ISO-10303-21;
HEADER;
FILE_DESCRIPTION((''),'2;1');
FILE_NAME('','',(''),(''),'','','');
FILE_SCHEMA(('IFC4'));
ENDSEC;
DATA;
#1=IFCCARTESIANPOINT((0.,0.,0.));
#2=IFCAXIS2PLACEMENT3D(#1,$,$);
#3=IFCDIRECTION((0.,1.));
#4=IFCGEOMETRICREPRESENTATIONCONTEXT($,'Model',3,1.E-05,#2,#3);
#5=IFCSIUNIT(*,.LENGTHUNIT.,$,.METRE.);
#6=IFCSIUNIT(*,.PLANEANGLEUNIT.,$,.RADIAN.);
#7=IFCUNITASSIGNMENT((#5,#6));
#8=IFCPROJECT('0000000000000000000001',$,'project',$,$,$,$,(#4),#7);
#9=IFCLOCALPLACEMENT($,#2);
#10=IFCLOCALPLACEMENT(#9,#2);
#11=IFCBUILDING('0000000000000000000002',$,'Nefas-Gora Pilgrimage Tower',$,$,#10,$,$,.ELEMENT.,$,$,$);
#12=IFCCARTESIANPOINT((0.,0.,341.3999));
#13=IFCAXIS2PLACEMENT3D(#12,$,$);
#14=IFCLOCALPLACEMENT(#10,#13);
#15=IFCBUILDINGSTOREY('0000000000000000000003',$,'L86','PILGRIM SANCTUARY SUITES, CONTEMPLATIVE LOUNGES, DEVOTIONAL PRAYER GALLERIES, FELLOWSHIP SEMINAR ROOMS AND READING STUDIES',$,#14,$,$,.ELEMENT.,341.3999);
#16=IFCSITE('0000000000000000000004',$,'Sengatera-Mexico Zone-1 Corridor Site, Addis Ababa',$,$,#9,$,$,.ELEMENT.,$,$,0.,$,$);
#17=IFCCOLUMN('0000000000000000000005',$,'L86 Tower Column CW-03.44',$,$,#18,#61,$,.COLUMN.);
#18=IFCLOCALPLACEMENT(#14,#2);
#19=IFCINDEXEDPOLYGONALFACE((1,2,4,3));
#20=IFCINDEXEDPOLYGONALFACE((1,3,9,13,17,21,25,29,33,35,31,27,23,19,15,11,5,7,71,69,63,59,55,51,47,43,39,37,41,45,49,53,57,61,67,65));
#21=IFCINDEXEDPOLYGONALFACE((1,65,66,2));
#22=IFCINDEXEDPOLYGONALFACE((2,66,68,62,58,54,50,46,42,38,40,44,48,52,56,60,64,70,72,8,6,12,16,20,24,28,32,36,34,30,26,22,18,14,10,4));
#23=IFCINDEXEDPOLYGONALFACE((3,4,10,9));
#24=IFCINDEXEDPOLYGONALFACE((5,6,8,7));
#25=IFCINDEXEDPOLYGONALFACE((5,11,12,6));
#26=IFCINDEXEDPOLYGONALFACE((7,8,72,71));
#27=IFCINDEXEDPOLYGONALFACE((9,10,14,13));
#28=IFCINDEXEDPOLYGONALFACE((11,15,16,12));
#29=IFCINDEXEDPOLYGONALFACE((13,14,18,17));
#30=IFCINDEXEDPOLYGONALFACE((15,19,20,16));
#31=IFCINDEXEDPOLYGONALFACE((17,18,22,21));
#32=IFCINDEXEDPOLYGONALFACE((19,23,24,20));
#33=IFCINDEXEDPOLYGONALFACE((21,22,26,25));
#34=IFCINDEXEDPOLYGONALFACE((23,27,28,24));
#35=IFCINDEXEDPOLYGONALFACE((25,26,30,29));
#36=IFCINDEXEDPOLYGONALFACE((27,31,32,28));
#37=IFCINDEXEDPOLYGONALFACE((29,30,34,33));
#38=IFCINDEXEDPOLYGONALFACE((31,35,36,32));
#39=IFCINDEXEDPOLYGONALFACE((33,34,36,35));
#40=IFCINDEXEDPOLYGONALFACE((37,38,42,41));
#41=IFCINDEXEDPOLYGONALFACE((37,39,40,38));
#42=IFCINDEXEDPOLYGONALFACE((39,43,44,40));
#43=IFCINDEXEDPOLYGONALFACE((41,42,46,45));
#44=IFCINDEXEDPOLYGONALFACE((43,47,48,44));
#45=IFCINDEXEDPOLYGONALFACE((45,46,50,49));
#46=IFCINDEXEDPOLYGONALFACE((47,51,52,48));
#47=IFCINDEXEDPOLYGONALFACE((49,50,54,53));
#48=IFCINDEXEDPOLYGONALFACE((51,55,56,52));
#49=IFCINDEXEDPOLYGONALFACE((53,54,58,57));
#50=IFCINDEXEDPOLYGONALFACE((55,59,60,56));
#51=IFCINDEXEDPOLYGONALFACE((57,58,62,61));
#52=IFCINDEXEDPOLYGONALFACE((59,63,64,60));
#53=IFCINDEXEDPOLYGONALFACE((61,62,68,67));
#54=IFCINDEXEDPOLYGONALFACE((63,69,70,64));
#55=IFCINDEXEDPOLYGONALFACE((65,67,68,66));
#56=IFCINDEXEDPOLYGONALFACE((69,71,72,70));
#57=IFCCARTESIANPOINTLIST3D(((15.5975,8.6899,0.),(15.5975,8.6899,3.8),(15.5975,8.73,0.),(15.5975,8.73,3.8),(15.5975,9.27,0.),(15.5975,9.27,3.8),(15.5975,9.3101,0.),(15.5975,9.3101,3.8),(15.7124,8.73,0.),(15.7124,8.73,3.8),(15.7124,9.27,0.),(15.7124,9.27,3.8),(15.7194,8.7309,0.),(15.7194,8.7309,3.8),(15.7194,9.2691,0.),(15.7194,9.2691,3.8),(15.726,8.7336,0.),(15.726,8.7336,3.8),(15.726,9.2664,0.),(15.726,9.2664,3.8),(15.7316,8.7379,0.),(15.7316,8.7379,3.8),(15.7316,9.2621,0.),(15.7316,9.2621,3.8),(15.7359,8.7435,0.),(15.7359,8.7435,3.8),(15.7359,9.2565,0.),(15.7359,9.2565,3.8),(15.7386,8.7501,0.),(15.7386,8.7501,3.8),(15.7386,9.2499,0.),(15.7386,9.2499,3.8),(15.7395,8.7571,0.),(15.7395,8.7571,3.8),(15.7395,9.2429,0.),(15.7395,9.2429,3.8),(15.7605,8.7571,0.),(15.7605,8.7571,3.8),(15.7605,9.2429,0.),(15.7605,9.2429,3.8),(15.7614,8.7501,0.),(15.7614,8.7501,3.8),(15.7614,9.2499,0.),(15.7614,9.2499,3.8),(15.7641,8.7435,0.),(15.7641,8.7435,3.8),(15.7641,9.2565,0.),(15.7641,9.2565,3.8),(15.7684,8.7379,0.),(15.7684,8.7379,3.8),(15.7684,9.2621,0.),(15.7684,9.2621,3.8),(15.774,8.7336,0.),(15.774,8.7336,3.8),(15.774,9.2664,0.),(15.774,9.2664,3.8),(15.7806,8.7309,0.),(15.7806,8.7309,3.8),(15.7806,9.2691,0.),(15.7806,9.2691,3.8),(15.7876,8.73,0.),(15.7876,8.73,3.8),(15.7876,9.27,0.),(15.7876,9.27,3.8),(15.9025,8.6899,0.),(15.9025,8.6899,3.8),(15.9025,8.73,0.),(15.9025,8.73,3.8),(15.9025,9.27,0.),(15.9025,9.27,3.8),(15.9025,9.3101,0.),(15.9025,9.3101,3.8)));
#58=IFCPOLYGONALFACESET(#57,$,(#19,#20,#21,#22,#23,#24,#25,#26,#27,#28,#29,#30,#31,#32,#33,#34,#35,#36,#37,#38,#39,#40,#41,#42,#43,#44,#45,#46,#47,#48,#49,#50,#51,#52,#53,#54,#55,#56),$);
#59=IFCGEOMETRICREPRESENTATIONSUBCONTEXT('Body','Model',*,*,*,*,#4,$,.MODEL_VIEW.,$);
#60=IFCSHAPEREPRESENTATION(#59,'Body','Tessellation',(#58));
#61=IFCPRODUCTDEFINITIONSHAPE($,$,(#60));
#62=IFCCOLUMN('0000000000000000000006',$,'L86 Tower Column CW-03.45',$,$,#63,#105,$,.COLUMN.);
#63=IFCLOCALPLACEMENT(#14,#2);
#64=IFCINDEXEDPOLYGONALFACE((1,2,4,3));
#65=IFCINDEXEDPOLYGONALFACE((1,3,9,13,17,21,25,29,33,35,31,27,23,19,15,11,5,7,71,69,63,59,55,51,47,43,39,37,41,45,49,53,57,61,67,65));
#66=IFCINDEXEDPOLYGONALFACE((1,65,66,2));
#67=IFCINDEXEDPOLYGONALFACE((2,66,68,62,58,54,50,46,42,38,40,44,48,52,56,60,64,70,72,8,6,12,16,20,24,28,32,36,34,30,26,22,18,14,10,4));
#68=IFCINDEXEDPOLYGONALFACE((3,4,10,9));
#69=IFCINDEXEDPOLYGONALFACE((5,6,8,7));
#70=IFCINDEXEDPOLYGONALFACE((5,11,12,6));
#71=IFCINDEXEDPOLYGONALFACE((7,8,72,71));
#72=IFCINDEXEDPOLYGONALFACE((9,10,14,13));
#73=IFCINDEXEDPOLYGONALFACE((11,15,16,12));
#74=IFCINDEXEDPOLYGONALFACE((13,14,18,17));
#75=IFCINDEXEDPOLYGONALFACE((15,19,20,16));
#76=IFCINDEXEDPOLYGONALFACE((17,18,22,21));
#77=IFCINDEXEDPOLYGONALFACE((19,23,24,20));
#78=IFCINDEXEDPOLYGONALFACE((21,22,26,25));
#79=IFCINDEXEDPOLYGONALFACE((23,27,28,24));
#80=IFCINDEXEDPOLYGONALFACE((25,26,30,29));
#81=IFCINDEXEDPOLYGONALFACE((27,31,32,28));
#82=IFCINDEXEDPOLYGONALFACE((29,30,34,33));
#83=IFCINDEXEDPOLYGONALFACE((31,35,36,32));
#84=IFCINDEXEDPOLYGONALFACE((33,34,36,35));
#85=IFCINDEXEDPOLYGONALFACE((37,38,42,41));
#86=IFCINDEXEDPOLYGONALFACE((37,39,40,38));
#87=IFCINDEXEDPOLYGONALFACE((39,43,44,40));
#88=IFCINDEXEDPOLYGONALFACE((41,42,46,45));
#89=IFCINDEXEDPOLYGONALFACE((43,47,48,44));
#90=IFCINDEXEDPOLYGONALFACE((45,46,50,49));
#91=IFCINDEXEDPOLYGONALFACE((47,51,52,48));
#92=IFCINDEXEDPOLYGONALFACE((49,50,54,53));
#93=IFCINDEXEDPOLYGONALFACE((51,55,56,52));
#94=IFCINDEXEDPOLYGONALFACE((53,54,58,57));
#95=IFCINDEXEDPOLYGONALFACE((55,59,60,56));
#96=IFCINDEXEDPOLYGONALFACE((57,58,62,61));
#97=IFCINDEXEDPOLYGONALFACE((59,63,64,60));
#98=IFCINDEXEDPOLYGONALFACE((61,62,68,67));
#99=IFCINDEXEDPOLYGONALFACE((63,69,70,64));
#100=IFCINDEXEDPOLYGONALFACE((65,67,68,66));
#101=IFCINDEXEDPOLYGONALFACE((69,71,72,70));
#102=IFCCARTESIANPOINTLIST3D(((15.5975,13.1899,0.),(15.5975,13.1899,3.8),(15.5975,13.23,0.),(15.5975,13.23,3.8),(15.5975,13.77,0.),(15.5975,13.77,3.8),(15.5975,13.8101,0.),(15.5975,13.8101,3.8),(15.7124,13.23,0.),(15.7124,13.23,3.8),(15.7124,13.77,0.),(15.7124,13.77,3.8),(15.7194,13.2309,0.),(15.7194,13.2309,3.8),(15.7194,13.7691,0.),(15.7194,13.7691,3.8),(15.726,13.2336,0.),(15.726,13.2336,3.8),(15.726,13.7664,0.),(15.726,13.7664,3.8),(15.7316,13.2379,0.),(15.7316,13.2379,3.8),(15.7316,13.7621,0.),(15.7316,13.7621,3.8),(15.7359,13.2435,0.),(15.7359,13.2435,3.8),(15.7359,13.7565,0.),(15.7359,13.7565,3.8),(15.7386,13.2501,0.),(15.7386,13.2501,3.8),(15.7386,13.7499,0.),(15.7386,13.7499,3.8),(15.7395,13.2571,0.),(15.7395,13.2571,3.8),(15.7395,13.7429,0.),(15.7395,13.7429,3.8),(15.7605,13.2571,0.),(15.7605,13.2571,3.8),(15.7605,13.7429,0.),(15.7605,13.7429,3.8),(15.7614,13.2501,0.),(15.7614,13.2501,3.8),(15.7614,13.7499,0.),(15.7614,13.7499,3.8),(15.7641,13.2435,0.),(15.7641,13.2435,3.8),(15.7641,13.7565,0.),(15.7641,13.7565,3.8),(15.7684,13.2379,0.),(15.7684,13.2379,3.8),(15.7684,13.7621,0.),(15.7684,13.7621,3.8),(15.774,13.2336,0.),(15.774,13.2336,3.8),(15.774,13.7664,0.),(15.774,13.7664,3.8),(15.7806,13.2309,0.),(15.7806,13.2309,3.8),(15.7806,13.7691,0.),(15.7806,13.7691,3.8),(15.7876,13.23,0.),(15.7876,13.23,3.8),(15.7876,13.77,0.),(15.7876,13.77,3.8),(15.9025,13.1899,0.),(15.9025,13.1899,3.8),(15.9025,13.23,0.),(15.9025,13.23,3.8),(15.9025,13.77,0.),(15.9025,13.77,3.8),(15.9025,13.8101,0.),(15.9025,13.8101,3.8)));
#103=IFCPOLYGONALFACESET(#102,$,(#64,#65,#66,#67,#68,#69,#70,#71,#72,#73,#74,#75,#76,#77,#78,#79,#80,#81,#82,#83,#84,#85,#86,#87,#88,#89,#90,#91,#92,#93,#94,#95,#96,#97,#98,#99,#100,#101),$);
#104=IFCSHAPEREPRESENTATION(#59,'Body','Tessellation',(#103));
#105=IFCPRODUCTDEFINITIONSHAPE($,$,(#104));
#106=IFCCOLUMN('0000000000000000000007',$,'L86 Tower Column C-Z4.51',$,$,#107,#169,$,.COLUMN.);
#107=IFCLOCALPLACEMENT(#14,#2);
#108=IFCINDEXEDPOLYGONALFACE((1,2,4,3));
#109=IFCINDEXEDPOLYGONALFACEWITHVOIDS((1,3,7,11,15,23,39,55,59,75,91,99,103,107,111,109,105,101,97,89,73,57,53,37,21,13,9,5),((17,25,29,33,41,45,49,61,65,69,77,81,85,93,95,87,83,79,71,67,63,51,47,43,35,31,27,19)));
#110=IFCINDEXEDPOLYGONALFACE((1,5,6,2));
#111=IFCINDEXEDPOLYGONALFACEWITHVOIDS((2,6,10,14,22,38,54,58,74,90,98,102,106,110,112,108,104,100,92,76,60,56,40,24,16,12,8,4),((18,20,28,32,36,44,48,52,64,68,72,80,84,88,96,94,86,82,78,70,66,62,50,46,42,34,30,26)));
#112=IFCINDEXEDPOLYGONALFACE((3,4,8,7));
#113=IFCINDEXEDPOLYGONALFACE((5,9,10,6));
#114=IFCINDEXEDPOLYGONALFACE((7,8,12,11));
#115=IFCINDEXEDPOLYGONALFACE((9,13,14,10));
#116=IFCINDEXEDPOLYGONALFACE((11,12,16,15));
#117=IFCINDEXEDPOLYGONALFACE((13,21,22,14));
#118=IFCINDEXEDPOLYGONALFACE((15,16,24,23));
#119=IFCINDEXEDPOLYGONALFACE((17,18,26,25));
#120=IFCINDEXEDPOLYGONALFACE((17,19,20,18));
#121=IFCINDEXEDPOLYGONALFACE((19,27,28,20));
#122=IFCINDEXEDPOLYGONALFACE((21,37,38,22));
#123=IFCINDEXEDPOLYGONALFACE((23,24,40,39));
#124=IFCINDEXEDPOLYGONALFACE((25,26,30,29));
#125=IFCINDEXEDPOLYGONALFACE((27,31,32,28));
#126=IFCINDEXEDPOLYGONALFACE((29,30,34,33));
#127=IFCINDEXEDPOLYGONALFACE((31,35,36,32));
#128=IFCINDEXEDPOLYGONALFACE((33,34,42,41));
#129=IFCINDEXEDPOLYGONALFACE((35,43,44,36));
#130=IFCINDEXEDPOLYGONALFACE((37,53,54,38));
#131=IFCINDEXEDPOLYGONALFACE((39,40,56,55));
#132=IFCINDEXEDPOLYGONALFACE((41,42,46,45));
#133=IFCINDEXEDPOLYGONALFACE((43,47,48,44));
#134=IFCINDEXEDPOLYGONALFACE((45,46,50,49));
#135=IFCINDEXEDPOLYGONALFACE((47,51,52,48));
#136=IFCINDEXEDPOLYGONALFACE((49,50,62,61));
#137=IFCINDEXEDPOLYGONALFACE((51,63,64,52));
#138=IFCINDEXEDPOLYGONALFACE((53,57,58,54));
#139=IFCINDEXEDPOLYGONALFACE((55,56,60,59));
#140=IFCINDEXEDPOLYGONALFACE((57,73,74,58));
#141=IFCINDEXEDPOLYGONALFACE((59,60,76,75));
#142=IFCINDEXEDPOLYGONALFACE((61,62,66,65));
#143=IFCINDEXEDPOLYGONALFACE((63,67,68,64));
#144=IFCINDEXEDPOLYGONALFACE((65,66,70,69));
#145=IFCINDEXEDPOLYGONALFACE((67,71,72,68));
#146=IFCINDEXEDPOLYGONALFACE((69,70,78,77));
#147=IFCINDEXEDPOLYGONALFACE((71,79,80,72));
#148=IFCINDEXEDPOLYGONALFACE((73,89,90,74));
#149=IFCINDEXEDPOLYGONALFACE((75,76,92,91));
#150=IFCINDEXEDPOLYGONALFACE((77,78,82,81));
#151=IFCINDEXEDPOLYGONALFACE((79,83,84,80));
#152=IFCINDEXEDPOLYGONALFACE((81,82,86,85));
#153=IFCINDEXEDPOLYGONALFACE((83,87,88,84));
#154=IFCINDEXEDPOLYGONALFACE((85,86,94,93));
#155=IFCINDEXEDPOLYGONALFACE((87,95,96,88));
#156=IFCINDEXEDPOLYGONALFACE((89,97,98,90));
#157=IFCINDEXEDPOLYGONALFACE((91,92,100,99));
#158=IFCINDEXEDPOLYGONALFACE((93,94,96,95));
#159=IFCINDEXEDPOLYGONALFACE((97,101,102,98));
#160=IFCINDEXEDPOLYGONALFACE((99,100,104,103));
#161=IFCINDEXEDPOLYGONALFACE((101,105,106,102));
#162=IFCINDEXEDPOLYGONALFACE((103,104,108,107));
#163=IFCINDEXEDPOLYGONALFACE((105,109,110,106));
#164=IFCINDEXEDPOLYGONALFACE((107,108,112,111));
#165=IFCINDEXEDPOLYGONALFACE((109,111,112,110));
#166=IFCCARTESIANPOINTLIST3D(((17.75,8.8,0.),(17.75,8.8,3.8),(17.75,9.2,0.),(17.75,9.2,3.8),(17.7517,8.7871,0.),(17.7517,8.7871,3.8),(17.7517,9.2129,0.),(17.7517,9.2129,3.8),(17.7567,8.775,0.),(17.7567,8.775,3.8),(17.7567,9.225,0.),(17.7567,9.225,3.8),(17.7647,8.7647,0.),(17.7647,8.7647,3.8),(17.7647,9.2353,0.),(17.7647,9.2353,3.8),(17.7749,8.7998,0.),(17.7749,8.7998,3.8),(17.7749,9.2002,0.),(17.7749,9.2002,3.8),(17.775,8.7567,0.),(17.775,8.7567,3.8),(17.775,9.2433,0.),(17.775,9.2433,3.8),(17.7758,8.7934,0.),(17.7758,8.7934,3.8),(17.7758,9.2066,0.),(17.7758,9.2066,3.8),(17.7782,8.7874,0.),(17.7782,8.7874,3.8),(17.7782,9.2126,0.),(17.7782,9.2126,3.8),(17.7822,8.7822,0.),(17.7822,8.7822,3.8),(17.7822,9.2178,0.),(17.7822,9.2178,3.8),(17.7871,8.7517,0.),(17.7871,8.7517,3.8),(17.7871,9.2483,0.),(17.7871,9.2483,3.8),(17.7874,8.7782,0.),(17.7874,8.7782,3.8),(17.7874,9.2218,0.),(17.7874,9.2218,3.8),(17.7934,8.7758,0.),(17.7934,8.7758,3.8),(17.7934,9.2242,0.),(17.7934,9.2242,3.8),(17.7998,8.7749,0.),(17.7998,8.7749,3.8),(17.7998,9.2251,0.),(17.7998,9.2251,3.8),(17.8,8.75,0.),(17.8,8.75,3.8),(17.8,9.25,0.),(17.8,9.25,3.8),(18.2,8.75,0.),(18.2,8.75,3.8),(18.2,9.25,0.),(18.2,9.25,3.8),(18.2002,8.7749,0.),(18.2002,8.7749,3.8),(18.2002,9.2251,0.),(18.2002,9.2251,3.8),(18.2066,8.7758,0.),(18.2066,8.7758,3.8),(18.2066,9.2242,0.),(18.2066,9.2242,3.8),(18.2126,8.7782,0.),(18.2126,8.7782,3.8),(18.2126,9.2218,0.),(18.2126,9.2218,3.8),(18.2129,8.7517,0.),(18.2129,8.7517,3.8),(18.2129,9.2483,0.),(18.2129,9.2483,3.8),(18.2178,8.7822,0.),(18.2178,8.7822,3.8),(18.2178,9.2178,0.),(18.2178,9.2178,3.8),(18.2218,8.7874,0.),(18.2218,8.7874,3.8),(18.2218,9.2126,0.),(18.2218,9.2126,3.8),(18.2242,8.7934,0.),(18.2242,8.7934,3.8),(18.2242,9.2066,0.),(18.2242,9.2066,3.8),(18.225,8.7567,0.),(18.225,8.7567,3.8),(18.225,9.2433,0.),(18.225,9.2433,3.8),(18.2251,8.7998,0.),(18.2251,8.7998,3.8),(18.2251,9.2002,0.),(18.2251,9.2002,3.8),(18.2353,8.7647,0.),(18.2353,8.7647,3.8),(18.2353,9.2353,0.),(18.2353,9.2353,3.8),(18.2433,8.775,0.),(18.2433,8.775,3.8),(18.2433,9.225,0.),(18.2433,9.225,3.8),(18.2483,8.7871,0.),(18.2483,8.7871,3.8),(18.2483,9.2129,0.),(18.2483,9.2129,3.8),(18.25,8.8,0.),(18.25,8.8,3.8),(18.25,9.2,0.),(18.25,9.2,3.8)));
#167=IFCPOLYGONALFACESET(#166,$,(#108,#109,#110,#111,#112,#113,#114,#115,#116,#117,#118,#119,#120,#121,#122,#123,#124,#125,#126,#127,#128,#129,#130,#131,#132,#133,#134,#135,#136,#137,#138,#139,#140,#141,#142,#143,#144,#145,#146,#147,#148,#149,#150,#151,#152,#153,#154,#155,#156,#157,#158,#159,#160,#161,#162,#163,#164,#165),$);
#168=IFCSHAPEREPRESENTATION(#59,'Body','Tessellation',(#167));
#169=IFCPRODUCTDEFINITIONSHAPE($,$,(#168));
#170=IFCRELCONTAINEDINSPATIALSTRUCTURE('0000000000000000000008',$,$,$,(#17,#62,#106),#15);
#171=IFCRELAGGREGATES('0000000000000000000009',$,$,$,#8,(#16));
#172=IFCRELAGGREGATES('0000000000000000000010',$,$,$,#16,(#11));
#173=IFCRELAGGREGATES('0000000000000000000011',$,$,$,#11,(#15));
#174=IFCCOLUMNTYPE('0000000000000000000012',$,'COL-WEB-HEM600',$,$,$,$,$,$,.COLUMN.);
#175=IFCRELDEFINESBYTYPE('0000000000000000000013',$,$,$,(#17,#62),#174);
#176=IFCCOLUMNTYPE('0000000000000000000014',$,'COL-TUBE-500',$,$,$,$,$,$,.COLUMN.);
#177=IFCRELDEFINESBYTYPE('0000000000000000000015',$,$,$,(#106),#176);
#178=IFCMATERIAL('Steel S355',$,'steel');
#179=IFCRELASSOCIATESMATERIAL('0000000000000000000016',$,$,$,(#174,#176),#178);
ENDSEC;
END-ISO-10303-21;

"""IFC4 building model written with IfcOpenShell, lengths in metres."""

from ifc_helpers import new_model, si_unit, direction, frame, origin, origin_2d, place, context, subcontext, project, spatial, hollow_rectangle, i_section, extrude, source, transform, mapped, material, material_profile, profile_set, type_object, element, save


model = new_model("IFC4")

# Units and contexts
model_context = context("Model", 3, precision=1e-05, world=origin(), true_north=direction((0.0, 1.0)))
body_context = subcontext(model_context, "Body", "Model", "MODEL_VIEW")
ifc_project = project(units=[si_unit("LENGTHUNIT", "METRE"), si_unit("PLANEANGLEUNIT", "RADIAN")], contexts=[model_context])

# Site, building, storey
site_placement = place(None, origin())
site = spatial("IfcSite", under=ifc_project, at=site_placement, Name="Sengatera-Mexico Zone-1 Corridor Site, Addis Ababa", CompositionType="ELEMENT", RefElevation=0.0)
building_placement = place(site_placement, origin())
building = spatial("IfcBuilding", under=site, at=building_placement, Name="Nefas-Gora Pilgrimage Tower", CompositionType="ELEMENT")
storey_placement = place(building_placement, frame((0.0, 0.0, 341.3999)))
storey = spatial("IfcBuildingStorey", under=building, at=storey_placement, Name="L86", Description="PILGRIM SANCTUARY SUITES, CONTEMPLATIVE LOUNGES, DEVOTIONAL PRAYER GALLERIES, FELLOWSHIP SEMINAR ROOMS AND READING STUDIES", CompositionType="ELEMENT", Elevation=341.3999)

# Columns
ifc_material_1 = material(Name="Steel S355", Category="steel")
ifc_material_profile_1 = material_profile(ifc_material_1, i_section(OverallWidth=0.3049, OverallDepth=0.6201, WebThickness=0.021, FlangeThickness=0.04, FilletRadius=0.0271, at=origin_2d()), Name="HEM 600")
ifc_profile_set_1 = profile_set([ifc_material_profile_1], Name="Steel S355")
column_type_1 = type_object("IfcColumnType", Name="COL-WEB-HEM600", PredefinedType="COLUMN", material=ifc_profile_set_1)
shared_shape_1 = source(origin(), body_context, "Body", "SweptSolid", [
    extrude(i_section(OverallWidth=0.3049, OverallDepth=0.6201, WebThickness=0.021, FlangeThickness=0.04, FilletRadius=0.0271, at=origin_2d()), origin(), (0.0, 0.0, 1.0), 3.8),
])
for number, where, z_axis, x_axis, name in (
    (1, (15.75, 9.0, 0.0), (0.0, 0.0, 1.0), (1.0, 0.0, 0.0), "L86 Tower Column CW-03.44"),
    (2, (15.75, 13.5, 0.0), (0.0, 0.0, 1.0), (1.0, 0.0, 0.0), "L86 Tower Column CW-03.45"),
):
    element("IfcColumn", number, at=place(storey_placement, frame(where, z_axis=z_axis, x_axis=x_axis)), inside=storey, type_object=column_type_1, Name=name, PredefinedType="COLUMN", context=body_context, shape_type="MappedRepresentation", body=[
        mapped(shared_shape_1, transform((0.0, 0.0, 0.0), x_axis=(1.0, 0.0, 0.0), y_axis=(0.0, 1.0, 0.0), z_axis=(0.0, 0.0, 1.0), scale=1.0)),
    ])
ifc_material_profile_2 = material_profile(ifc_material_1, hollow_rectangle(XDim=0.5, YDim=0.5, WallThickness=0.0249, InnerFilletRadius=0.0249, OuterFilletRadius=0.05, at=origin_2d()), Name="SHS 500x500x25")
ifc_profile_set_2 = profile_set([ifc_material_profile_2], Name="Steel S355")
column_type_2 = type_object("IfcColumnType", Name="COL-TUBE-500", PredefinedType="COLUMN", material=ifc_profile_set_2)
shared_shape_2 = source(origin(), body_context, "Body", "SweptSolid", [
    extrude(hollow_rectangle(XDim=0.5, YDim=0.5, WallThickness=0.0249, InnerFilletRadius=0.0249, OuterFilletRadius=0.05, at=origin_2d()), origin(), (0.0, 0.0, 1.0), 3.8),
])
for number, where, z_axis, x_axis, name in (
    (3, (18.0, 9.0, 0.0), (0.0, 0.0, 1.0), (1.0, 0.0, 0.0), "L86 Tower Column C-Z4.51"),
):
    element("IfcColumn", number, at=place(storey_placement, frame(where, z_axis=z_axis, x_axis=x_axis)), inside=storey, type_object=column_type_2, Name=name, PredefinedType="COLUMN", context=body_context, shape_type="MappedRepresentation", body=[
        mapped(shared_shape_2, transform((0.0, 0.0, 0.0), x_axis=(1.0, 0.0, 0.0), y_axis=(0.0, 1.0, 0.0), z_axis=(0.0, 0.0, 1.0), scale=1.0)),
    ])

save(model, "model.ifc")
